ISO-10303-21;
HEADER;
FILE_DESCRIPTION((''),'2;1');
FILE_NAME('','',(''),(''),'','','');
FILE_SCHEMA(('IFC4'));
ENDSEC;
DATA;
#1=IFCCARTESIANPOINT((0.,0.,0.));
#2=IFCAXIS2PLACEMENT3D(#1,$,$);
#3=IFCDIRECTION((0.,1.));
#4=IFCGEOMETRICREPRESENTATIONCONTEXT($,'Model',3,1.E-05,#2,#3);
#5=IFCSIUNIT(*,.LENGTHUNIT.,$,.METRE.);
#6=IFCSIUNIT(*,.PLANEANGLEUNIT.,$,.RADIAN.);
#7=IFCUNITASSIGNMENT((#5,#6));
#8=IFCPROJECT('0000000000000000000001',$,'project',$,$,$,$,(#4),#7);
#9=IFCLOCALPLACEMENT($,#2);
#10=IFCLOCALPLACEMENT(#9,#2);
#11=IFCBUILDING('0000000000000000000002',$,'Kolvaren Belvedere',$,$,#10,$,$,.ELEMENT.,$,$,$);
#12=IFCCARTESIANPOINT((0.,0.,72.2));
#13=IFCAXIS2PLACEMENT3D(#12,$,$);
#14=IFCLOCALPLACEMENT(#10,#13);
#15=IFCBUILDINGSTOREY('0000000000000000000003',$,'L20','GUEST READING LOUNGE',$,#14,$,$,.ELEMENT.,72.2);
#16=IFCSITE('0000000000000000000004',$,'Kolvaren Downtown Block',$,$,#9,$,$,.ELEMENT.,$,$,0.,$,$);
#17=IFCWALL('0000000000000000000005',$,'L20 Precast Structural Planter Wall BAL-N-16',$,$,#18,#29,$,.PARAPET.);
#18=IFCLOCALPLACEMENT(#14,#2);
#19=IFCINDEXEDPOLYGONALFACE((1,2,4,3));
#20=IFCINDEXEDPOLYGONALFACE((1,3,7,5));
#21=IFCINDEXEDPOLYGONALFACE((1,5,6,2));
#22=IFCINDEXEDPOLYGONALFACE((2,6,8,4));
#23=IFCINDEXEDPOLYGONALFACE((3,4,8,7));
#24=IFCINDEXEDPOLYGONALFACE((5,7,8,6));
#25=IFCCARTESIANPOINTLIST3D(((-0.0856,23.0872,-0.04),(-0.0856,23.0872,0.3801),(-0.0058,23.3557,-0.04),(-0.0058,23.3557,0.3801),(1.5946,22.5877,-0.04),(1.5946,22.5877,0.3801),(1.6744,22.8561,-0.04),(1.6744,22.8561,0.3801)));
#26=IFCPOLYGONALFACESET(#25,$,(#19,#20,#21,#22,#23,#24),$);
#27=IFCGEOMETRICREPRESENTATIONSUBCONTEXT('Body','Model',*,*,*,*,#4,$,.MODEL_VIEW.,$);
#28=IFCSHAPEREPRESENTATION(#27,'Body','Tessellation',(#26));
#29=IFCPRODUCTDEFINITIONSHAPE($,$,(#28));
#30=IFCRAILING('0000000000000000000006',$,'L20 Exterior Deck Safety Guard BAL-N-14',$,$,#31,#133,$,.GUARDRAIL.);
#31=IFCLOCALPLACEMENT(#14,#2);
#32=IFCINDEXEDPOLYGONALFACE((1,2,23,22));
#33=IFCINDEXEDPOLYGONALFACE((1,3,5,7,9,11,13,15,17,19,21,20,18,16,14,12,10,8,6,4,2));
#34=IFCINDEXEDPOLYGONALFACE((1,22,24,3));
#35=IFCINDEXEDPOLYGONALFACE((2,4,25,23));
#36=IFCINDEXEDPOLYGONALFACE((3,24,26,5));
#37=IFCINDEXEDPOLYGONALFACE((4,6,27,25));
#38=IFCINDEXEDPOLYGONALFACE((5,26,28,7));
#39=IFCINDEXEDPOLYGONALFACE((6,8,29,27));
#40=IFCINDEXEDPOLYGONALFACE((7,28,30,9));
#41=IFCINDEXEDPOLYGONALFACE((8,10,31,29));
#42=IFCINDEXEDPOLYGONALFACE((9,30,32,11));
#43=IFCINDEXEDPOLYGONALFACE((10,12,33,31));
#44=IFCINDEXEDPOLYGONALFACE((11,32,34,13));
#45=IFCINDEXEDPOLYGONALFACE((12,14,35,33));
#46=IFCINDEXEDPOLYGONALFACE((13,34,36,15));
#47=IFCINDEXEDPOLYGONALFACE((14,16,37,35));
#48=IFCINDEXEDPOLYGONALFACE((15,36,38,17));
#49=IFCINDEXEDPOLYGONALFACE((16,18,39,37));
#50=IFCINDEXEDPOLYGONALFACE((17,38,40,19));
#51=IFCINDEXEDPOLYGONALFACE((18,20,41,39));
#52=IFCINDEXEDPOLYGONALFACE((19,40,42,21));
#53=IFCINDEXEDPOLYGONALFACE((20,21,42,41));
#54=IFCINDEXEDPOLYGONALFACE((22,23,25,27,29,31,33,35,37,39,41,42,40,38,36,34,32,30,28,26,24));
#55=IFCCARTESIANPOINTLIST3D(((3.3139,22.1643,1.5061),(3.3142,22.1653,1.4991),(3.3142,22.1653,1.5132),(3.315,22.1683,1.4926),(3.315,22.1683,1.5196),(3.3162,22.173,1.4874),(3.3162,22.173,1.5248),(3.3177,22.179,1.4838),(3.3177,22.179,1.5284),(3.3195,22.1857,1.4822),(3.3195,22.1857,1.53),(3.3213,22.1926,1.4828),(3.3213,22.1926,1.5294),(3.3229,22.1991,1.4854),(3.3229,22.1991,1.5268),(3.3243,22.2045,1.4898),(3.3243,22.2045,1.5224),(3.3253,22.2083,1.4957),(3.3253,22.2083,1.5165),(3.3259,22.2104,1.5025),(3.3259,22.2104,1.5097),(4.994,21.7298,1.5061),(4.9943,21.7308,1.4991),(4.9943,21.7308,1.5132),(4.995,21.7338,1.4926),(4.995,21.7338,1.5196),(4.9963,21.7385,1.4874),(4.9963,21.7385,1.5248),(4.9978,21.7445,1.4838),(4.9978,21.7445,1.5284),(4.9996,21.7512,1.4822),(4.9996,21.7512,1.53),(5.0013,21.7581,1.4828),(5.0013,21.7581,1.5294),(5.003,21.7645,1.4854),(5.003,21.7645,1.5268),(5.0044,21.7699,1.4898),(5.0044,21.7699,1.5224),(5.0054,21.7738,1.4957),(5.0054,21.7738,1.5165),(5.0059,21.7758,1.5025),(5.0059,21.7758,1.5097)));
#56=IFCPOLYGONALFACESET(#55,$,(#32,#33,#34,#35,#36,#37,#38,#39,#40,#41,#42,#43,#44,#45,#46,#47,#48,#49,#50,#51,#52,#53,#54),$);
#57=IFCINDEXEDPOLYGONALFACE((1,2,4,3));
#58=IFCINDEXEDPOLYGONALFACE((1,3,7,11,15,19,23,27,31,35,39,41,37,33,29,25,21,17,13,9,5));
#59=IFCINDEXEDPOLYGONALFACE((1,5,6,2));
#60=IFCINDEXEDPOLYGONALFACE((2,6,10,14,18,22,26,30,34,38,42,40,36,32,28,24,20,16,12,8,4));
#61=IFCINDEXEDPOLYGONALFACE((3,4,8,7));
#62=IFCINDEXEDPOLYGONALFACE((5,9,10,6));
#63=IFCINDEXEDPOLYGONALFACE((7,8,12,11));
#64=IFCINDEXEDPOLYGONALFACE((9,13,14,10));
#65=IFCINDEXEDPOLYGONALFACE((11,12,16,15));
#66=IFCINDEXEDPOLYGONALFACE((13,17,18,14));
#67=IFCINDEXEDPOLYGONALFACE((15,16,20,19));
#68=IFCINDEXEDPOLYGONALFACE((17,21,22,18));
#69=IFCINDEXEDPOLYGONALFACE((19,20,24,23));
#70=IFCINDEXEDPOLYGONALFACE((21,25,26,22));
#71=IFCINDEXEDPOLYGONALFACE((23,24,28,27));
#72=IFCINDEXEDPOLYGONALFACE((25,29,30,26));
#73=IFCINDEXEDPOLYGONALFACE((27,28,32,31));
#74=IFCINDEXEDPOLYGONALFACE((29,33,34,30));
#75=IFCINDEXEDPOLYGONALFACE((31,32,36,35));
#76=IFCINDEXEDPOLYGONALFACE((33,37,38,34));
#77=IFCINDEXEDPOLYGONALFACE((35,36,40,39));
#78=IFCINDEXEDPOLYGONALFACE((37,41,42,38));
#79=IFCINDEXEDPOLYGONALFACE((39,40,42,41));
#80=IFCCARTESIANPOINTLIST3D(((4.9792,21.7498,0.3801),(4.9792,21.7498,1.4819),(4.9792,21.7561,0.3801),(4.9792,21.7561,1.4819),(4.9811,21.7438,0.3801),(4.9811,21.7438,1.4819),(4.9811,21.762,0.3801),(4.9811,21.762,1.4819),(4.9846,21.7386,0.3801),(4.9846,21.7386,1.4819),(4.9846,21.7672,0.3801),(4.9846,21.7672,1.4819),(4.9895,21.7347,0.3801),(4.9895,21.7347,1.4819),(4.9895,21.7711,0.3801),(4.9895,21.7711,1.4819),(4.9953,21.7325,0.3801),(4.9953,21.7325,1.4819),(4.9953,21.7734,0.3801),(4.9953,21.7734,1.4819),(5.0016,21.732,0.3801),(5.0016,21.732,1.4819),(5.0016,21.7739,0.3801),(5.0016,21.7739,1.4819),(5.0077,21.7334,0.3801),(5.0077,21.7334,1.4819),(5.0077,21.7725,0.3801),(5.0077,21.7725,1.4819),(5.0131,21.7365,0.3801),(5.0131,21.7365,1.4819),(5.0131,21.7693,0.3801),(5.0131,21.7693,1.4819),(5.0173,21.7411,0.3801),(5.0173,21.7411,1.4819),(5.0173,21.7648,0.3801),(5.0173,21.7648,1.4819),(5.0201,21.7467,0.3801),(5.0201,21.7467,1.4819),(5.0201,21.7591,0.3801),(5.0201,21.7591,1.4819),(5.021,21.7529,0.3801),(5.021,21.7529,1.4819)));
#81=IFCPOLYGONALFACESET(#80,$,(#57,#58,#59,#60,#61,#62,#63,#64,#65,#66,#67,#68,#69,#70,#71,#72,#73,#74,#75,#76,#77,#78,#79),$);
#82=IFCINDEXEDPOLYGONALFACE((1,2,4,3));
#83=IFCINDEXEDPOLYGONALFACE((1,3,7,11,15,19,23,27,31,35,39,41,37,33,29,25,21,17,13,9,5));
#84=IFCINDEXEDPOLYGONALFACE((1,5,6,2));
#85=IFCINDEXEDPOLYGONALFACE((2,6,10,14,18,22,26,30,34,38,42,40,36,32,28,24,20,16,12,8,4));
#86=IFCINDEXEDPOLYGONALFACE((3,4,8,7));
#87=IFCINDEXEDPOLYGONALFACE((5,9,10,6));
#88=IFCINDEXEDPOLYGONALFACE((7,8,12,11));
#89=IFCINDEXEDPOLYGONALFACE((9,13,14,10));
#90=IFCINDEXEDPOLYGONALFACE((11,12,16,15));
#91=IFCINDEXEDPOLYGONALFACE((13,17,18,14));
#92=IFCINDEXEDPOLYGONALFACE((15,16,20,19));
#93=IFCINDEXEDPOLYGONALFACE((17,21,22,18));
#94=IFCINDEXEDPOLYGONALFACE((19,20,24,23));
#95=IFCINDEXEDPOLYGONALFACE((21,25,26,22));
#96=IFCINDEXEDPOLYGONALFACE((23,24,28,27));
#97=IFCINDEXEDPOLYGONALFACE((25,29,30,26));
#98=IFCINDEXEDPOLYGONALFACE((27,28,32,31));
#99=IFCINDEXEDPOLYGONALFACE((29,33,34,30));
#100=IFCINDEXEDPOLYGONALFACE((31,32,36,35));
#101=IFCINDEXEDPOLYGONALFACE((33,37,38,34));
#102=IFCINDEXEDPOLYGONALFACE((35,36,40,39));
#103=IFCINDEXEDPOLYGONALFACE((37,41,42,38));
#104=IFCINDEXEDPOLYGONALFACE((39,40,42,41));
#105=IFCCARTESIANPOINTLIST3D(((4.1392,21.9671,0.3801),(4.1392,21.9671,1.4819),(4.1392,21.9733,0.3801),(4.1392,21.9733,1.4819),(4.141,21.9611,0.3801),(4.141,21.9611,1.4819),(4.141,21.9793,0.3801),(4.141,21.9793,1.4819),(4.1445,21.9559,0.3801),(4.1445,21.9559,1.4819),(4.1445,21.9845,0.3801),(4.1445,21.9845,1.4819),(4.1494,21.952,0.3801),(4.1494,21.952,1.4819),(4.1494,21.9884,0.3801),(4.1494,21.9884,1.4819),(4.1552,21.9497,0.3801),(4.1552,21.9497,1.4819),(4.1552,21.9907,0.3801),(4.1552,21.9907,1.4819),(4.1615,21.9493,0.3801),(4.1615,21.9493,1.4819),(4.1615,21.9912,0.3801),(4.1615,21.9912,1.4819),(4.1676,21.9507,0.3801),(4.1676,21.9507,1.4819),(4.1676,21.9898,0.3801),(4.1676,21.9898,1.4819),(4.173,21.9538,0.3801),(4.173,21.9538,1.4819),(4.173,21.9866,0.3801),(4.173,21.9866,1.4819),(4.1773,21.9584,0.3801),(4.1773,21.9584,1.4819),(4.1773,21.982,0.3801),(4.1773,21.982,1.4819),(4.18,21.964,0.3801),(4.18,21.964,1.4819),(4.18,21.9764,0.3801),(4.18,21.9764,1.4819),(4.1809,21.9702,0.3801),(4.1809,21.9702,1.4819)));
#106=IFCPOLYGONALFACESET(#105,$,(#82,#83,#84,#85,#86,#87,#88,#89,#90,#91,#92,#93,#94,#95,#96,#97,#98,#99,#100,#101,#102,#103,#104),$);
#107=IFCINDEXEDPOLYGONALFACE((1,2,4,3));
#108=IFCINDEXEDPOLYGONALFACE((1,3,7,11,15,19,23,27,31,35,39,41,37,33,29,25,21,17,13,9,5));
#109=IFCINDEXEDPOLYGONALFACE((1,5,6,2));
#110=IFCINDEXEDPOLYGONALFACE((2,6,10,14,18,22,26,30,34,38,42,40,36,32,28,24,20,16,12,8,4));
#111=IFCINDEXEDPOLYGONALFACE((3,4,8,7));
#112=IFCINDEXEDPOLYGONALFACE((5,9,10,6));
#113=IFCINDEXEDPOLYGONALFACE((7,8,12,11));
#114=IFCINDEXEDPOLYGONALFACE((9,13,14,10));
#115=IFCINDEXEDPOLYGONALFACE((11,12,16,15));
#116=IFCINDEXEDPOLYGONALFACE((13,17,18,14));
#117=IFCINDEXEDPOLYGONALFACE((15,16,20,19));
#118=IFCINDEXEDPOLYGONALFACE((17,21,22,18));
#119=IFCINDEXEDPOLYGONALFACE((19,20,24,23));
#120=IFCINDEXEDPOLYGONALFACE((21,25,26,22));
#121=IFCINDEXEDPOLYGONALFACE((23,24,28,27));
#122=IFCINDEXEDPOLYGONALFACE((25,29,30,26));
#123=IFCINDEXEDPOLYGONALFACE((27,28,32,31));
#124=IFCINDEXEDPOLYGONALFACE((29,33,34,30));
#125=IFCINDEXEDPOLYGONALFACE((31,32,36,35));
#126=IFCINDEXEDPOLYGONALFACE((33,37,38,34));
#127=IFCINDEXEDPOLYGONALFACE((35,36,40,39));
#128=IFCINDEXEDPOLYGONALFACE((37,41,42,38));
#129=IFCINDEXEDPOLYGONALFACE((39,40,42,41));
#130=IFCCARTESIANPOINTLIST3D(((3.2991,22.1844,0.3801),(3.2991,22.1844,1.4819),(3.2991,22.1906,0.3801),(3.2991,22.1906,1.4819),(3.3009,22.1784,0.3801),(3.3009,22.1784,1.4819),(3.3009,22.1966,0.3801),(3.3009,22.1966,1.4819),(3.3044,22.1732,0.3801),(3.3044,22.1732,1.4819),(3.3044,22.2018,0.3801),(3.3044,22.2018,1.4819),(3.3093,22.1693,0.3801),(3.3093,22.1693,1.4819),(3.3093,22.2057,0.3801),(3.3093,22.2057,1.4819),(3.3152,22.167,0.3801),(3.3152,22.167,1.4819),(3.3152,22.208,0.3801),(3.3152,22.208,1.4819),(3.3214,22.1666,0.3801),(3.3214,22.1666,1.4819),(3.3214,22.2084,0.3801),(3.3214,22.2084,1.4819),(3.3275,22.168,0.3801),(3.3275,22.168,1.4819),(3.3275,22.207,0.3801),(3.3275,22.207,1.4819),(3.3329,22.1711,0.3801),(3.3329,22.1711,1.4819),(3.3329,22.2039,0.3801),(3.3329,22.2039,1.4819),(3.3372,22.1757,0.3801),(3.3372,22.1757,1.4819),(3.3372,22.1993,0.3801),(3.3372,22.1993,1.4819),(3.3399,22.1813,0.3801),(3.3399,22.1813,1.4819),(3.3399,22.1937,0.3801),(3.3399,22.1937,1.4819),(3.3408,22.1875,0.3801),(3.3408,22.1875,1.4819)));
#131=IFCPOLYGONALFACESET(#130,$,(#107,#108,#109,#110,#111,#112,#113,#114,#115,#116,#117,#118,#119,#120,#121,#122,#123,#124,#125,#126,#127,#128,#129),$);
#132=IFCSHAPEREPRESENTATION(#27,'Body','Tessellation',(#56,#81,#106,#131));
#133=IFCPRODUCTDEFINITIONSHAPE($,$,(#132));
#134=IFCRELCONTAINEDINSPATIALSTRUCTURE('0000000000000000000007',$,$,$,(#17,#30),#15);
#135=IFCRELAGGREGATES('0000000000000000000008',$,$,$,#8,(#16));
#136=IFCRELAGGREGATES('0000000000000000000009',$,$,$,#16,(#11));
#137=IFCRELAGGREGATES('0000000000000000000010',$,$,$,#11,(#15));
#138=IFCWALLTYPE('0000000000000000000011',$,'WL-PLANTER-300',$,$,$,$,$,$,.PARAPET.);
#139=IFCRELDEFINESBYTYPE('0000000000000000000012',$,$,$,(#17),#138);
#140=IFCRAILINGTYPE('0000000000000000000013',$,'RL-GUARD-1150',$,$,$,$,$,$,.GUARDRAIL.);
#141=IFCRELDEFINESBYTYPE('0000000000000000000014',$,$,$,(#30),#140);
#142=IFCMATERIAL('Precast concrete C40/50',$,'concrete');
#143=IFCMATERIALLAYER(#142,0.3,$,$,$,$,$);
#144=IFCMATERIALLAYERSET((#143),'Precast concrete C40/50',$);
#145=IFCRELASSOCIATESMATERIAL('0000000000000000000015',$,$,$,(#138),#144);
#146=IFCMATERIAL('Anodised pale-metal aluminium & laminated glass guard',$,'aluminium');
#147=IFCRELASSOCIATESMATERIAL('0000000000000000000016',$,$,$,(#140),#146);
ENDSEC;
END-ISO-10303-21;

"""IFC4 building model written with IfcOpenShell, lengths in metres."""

from ifc_helpers import new_model, si_unit, direction, frame, frame_2d, origin, origin_2d, place, context, subcontext, project, spatial, rectangle, circle, extrude, material, layer, layer_set, type_object, element, save


model = new_model("IFC4")

# Units and contexts
model_context = context("Model", 3, precision=1e-05, world=origin(), true_north=direction((0.0, 1.0)))
body_context = subcontext(model_context, "Body", "Model", "MODEL_VIEW")
ifc_project = project(units=[si_unit("LENGTHUNIT", "METRE"), si_unit("PLANEANGLEUNIT", "RADIAN")], contexts=[model_context])

# Site, building, storey
site_placement = place(None, origin())
site = spatial("IfcSite", under=ifc_project, at=site_placement, Name="Kolvaren Downtown Block", CompositionType="ELEMENT", RefElevation=0.0)
building_placement = place(site_placement, origin())
building = spatial("IfcBuilding", under=site, at=building_placement, Name="Kolvaren Belvedere", CompositionType="ELEMENT")
storey_placement = place(building_placement, frame((0.0, 0.0, 72.2)))
storey = spatial("IfcBuildingStorey", under=building, at=storey_placement, Name="L20", Description="GUEST READING LOUNGE", CompositionType="ELEMENT", Elevation=72.2)

# Wall
ifc_material_1 = material(Name="Precast concrete C40/50", Category="concrete")
ifc_layer_1 = layer(ifc_material_1, 0.3)
ifc_layer_set_1 = layer_set([ifc_layer_1], Name="Precast concrete C40/50")
wall_type_1 = type_object("IfcWallType", Name="WL-PLANTER-300", PredefinedType="PARAPET", material=ifc_layer_set_1)
wall_1_placement = place(storey_placement, frame((1.6345, 22.7219, -0.04), z_axis=(0.0, 0.0, 1.0), x_axis=(-0.958536, 0.28497, 0.0)))
element("IfcWall", 1, at=wall_1_placement, inside=storey, type_object=wall_type_1, Name="L20 Precast Structural Planter Wall BAL-N-16", PredefinedType="PARAPET", context=body_context, shape_type="SweptSolid", body=[
    extrude(rectangle(XDim=1.7529, YDim=0.28, at=frame_2d((0.8765, 0.0))), origin(), (0.0, 0.0, 1.0), 0.4202),
])

# Railing
ifc_material_2 = material(Name="Anodised pale-metal aluminium & laminated glass guard", Category="aluminium")
railing_type = type_object("IfcRailingType", Name="RL-GUARD-1150", PredefinedType="GUARDRAIL", material=ifc_material_2)
railing_1_placement = place(storey_placement, frame((5.0, 21.7529, 0.3801)))
element("IfcRailing", 2, at=railing_1_placement, inside=storey, type_object=railing_type, Name="L20 Exterior Deck Safety Guard BAL-N-14", PredefinedType="GUARDRAIL", context=body_context, shape_type="SweptSolid", body=[
    extrude(circle(Radius=0.0239, at=origin_2d()), frame((0.0, 0.0, 1.126), z_axis=(-0.968141, 0.250406, 0.0), x_axis=(-0.250406, -0.968141, 0.0)), (0.0, 0.0, 1.0), 1.7354),
    extrude(circle(Radius=0.021, at=origin_2d()), origin(), (0.0, 0.0, 1.0), 1.1018),
    extrude(circle(Radius=0.021, at=origin_2d()), frame((-0.8401, 0.2173, 0.0)), (0.0, 0.0, 1.0), 1.1018),
    extrude(circle(Radius=0.021, at=origin_2d()), frame((-1.6802, 0.4346, 0.0)), (0.0, 0.0, 1.0), 1.1018),
])

save(model, "model.ifc")
